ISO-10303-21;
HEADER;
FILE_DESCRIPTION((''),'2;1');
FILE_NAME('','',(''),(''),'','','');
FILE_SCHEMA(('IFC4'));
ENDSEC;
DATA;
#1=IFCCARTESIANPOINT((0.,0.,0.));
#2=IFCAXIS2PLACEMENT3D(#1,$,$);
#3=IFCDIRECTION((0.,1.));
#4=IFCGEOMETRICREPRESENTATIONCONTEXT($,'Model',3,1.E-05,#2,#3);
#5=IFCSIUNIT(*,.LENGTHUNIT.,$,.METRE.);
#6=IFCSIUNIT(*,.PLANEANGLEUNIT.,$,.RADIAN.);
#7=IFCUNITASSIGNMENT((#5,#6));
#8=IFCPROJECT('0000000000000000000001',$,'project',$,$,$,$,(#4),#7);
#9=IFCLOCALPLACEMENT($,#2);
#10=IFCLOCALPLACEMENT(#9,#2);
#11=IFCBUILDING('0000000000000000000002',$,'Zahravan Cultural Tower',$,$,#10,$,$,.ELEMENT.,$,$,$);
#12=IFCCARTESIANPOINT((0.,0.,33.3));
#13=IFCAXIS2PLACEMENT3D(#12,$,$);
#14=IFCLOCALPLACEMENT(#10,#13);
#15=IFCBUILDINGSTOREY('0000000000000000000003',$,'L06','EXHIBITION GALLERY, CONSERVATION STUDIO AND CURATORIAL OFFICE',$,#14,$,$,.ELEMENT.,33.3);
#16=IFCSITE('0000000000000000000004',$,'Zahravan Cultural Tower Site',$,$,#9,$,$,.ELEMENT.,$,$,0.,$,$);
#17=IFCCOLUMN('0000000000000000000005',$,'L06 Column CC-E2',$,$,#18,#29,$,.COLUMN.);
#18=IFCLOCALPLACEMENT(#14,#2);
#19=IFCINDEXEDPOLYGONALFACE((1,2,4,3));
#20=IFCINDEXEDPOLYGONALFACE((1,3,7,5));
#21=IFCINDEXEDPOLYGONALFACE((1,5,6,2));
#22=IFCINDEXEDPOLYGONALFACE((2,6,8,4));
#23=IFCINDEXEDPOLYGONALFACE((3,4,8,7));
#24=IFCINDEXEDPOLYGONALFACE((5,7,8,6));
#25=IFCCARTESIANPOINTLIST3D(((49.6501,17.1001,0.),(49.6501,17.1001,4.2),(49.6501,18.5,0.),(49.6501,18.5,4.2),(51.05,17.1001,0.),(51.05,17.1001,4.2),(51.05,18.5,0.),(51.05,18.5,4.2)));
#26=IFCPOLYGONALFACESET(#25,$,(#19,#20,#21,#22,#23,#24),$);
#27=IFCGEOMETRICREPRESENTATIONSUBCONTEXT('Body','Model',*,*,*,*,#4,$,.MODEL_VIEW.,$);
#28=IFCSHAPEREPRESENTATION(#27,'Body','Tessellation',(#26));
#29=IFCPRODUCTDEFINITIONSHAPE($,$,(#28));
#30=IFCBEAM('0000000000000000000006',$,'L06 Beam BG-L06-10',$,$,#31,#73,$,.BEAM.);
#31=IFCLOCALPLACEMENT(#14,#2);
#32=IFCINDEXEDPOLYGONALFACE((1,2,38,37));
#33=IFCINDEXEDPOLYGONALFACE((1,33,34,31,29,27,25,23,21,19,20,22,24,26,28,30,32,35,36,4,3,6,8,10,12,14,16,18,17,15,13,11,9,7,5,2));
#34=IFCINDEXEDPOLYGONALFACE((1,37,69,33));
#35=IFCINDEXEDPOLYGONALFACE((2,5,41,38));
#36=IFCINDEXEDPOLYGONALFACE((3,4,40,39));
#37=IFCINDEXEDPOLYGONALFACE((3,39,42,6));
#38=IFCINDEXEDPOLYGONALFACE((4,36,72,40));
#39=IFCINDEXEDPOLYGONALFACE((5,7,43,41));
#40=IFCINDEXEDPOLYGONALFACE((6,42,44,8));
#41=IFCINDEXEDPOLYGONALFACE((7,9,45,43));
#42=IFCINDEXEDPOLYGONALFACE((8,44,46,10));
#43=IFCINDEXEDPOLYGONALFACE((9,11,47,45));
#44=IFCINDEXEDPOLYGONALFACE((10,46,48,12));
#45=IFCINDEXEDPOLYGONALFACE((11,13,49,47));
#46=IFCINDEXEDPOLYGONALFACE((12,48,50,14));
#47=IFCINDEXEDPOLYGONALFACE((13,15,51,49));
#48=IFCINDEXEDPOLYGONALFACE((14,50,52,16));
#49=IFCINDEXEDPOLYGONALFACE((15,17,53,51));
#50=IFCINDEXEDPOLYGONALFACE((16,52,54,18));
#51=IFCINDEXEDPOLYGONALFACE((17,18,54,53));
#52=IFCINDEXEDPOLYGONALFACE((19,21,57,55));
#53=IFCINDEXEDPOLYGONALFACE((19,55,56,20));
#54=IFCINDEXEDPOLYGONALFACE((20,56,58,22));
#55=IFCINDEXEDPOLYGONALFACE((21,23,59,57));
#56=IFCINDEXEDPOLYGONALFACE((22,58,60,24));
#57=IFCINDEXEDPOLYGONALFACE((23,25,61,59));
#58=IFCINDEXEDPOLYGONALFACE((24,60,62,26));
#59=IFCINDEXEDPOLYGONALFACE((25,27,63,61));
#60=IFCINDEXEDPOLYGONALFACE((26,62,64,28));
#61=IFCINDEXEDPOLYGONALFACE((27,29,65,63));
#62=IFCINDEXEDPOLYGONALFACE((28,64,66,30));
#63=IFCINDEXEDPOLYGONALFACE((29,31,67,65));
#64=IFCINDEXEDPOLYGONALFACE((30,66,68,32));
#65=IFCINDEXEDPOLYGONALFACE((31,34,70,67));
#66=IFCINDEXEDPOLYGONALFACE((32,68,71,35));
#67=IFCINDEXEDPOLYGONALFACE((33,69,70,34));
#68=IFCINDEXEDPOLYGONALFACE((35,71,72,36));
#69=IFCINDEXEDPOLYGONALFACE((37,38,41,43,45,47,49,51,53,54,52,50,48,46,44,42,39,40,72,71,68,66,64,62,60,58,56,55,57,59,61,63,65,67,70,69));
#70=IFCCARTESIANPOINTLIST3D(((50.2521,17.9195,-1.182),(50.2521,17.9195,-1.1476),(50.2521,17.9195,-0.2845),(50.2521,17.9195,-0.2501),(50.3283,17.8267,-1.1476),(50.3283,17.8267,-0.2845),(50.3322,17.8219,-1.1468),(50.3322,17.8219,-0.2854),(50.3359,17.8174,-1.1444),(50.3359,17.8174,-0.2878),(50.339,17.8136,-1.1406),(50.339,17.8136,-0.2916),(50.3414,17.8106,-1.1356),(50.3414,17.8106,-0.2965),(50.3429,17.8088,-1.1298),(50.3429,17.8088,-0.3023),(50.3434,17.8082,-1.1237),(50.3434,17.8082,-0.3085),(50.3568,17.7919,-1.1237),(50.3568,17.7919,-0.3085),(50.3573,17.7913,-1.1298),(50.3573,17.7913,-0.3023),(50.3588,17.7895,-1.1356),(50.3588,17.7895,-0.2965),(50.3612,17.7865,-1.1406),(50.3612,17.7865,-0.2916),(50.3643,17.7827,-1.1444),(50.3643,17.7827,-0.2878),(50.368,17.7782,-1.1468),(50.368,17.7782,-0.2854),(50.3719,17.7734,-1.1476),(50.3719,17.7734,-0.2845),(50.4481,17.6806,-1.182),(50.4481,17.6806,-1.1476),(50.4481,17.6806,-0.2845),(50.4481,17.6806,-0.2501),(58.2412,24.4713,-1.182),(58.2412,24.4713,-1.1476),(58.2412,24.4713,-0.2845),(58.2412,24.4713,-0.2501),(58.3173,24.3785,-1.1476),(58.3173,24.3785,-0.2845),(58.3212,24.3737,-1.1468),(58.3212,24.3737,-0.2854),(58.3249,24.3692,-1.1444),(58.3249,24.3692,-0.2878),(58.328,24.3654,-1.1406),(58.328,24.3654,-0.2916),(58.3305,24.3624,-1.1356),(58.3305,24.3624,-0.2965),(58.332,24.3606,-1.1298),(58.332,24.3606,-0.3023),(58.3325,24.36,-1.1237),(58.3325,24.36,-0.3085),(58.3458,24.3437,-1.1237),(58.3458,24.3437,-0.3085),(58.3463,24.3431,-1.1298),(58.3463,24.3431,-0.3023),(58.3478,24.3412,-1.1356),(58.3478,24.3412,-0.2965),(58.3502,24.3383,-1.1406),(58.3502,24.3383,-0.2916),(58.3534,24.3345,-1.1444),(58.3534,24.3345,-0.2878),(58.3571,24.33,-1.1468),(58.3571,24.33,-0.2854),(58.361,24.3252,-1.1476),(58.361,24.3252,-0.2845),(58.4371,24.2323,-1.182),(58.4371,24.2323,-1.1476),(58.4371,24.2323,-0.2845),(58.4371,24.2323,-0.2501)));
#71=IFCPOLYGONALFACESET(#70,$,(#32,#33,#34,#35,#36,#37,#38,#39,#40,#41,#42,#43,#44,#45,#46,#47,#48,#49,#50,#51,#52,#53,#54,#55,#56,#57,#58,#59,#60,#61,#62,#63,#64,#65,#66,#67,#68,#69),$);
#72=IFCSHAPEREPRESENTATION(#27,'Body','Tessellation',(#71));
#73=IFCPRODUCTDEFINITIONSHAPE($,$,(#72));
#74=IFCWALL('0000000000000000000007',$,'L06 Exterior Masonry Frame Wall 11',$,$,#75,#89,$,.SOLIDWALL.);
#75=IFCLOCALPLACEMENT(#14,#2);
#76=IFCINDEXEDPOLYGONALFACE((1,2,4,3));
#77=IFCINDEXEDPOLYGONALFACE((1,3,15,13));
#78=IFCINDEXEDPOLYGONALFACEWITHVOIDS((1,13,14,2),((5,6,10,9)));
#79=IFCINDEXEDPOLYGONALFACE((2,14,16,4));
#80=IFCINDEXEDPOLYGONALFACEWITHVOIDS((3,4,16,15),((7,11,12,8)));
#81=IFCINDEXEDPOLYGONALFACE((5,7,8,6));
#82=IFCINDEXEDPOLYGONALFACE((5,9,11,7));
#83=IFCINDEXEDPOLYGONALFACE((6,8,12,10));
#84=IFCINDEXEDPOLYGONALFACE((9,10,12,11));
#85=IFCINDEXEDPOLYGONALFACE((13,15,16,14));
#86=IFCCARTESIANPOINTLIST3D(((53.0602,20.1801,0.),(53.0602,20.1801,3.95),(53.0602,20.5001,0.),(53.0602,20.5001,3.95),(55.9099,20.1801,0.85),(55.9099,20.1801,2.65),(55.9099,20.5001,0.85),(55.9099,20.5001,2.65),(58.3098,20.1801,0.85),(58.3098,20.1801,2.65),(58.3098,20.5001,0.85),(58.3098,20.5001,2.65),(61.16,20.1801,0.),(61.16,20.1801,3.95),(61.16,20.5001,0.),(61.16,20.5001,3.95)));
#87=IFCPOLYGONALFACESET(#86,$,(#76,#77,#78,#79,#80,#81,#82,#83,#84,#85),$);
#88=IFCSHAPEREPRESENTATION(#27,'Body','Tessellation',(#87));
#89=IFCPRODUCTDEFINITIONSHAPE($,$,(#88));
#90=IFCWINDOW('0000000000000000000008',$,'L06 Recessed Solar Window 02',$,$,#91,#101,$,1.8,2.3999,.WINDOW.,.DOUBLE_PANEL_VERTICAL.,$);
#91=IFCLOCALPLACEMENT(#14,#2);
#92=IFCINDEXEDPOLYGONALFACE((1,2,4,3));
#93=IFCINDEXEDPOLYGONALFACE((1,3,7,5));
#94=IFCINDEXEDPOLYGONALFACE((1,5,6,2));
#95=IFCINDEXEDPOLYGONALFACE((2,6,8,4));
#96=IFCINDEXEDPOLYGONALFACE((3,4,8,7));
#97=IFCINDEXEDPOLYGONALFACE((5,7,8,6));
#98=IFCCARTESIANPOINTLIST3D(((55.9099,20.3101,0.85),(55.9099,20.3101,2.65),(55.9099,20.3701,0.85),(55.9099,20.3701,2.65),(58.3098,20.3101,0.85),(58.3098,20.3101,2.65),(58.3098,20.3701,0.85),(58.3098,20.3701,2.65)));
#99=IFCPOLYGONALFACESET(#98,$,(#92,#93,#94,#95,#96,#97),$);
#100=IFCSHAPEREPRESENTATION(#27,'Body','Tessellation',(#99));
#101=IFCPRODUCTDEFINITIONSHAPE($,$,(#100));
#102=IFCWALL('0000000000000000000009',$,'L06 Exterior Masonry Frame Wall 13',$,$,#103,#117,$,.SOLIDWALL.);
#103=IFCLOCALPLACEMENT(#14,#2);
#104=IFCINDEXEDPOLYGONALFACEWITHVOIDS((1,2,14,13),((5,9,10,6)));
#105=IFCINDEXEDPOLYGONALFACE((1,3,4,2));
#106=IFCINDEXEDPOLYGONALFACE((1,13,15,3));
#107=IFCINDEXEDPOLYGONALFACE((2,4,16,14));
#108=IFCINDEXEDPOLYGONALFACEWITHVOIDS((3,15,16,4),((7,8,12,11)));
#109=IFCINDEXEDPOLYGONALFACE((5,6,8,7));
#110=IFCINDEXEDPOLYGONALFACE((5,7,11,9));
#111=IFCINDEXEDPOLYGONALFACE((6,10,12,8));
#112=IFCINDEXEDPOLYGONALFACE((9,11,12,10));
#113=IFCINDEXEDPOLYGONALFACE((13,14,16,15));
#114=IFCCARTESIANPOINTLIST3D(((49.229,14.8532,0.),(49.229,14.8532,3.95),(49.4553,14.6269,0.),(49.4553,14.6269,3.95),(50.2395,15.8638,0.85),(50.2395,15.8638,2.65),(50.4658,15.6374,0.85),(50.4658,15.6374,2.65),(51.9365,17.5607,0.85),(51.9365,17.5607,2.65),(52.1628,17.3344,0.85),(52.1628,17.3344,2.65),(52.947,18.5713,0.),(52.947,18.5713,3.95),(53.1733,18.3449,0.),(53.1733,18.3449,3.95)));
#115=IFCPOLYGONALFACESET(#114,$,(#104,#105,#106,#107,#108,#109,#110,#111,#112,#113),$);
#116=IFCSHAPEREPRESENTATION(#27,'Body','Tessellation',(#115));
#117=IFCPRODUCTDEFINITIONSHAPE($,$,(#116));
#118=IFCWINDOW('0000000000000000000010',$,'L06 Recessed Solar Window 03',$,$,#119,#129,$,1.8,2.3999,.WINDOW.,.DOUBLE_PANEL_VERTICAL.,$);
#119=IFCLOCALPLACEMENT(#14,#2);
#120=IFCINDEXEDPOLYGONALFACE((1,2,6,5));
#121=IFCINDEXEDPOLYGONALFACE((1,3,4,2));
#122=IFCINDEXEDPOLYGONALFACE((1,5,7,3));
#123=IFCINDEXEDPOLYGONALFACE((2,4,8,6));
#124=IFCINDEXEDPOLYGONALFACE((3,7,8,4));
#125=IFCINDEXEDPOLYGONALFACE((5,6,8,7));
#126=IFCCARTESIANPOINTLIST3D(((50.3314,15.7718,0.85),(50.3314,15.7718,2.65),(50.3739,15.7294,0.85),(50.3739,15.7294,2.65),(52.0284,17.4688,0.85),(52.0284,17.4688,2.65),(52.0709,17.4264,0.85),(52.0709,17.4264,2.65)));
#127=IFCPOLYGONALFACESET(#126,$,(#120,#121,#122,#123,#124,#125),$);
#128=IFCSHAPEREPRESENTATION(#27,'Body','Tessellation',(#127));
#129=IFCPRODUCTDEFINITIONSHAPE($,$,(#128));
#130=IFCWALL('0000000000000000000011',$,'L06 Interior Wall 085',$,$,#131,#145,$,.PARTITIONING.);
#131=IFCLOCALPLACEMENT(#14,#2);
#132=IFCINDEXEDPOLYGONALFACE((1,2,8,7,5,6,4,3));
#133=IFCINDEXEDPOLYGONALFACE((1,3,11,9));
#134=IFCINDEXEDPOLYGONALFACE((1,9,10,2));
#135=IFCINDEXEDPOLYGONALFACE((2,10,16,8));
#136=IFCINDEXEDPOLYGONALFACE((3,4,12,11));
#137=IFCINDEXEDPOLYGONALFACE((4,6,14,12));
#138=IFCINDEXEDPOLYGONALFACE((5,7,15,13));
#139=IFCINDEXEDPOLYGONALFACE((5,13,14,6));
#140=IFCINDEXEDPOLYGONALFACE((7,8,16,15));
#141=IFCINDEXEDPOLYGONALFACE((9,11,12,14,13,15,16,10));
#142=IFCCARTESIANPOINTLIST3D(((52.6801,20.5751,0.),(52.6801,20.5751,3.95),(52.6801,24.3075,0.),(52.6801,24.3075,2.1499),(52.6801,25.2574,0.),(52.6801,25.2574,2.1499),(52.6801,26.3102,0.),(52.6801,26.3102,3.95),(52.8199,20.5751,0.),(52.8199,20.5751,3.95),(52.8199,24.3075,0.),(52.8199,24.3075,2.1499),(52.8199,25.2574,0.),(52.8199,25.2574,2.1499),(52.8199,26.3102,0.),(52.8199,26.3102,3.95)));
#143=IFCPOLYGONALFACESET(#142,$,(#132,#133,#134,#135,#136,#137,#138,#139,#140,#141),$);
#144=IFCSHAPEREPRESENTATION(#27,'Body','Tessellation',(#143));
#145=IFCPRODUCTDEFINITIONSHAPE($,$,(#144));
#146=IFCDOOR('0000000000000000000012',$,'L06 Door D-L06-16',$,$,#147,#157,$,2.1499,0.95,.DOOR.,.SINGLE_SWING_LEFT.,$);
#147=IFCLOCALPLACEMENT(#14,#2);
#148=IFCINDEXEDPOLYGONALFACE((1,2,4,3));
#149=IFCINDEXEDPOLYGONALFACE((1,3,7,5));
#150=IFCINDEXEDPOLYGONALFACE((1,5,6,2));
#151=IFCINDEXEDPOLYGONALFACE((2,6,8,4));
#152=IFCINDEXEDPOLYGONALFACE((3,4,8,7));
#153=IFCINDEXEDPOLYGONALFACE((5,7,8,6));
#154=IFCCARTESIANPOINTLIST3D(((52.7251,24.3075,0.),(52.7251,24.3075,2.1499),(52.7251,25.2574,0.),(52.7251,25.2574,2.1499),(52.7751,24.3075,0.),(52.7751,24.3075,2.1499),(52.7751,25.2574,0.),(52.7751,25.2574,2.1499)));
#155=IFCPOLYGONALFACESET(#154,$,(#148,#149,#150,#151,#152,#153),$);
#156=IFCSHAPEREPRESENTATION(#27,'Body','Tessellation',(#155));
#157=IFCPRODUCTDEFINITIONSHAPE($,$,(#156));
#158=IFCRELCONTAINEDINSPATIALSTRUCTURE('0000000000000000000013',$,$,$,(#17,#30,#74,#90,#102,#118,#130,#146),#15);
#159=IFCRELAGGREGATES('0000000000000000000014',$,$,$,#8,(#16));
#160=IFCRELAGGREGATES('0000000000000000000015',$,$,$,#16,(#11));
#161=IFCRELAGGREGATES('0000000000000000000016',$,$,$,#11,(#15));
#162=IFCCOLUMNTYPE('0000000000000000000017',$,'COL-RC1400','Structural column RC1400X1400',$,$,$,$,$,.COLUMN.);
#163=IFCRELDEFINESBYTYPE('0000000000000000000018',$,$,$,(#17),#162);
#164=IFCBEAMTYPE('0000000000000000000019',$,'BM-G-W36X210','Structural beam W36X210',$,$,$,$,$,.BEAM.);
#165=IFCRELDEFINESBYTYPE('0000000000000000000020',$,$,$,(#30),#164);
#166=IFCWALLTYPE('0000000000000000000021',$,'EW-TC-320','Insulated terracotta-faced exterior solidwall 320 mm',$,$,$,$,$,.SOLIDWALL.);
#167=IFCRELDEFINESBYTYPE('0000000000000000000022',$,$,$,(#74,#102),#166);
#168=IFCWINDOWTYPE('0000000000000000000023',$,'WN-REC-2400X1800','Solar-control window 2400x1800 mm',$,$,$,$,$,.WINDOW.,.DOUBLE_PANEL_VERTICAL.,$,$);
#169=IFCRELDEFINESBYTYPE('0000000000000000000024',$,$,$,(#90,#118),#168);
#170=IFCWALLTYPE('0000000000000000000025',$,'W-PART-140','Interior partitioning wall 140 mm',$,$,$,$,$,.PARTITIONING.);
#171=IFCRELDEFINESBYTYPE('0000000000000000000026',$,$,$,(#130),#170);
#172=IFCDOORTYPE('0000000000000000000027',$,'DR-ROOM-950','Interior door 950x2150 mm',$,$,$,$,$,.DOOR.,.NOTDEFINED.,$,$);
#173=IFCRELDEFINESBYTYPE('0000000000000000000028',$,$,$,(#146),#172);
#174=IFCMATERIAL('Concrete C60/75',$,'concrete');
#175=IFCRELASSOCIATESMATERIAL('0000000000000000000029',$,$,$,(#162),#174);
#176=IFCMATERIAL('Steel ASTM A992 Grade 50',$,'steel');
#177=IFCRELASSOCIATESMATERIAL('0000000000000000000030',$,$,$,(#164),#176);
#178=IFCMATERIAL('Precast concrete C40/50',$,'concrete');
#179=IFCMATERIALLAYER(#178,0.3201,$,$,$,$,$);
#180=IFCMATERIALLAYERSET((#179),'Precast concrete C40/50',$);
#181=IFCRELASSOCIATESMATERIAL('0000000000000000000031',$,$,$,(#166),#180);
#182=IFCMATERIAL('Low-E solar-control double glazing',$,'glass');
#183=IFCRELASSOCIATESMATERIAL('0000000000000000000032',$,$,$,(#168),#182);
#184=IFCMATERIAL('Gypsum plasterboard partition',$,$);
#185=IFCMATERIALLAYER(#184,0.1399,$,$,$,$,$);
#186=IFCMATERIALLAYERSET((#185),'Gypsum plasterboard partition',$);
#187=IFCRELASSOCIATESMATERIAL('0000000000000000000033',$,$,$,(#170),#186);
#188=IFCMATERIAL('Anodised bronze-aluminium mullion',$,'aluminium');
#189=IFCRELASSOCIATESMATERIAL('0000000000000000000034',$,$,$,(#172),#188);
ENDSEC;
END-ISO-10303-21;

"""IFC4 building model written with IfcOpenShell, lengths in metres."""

from ifc_helpers import new_model, si_unit, direction, frame, frame_2d, origin, origin_2d, place, context, subcontext, project, spatial, rectangle, i_section, extrude, source, transform, mapped, material, layer, layer_set, material_profile, profile_set, type_object, element, fill, save


model = new_model("IFC4")

# Units and contexts
model_context = context("Model", 3, precision=1e-05, world=origin(), true_north=direction((0.0, 1.0)))
body_context = subcontext(model_context, "Body", "Model", "MODEL_VIEW")
ifc_project = project(units=[si_unit("LENGTHUNIT", "METRE"), si_unit("PLANEANGLEUNIT", "RADIAN")], contexts=[model_context])

# Site, building, storey
site_placement = place(None, origin())
site = spatial("IfcSite", under=ifc_project, at=site_placement, Name="Zahravan Cultural Tower Site", CompositionType="ELEMENT", RefElevation=0.0)
building_placement = place(site_placement, origin())
building = spatial("IfcBuilding", under=site, at=building_placement, Name="Zahravan Cultural Tower", CompositionType="ELEMENT")
storey_placement = place(building_placement, frame((0.0, 0.0, 33.3)))
storey = spatial("IfcBuildingStorey", under=building, at=storey_placement, Name="L06", Description="EXHIBITION GALLERY, CONSERVATION STUDIO AND CURATORIAL OFFICE", CompositionType="ELEMENT", Elevation=33.3)

# Column
ifc_material_1 = material(Name="Concrete C60/75", Category="concrete")
ifc_material_profile_1 = material_profile(ifc_material_1, rectangle(XDim=1.3999, YDim=1.3999, at=origin_2d()), Name="RC1400X1400")
ifc_profile_set_1 = profile_set([ifc_material_profile_1], Name="Concrete C60/75")
column_type = type_object("IfcColumnType", Name="COL-RC1400", Description="Structural column RC1400X1400", PredefinedType="COLUMN", material=ifc_profile_set_1)
shared_shape_1 = source(origin(), body_context, "Body", "SweptSolid", [
    extrude(rectangle(XDim=1.3999, YDim=1.3999, at=origin_2d()), origin(), (0.0, 0.0, 1.0), 4.2),
])
column_placement = place(storey_placement, frame((50.3501, 17.8, 0.0), z_axis=(0.0, 0.0, 1.0), x_axis=(1.0, 0.0, 0.0)))
element("IfcColumn", 1, at=column_placement, inside=storey, type_object=column_type, Name="L06 Column CC-E2", PredefinedType="COLUMN", context=body_context, shape_type="MappedRepresentation", body=[
    mapped(shared_shape_1, transform((0.0, 0.0, 0.0), x_axis=(1.0, 0.0, 0.0), y_axis=(0.0, 1.0, 0.0), z_axis=(0.0, 0.0, 1.0), scale=1.0)),
])

# Beam
ifc_material_2 = material(Name="Steel ASTM A992 Grade 50", Category="steel")
ifc_material_profile_2 = material_profile(ifc_material_2, i_section(OverallWidth=0.3091, OverallDepth=0.9319, WebThickness=0.021, FlangeThickness=0.0344, FilletRadius=0.0239, at=origin_2d()), Name="W36X210")
ifc_profile_set_2 = profile_set([ifc_material_profile_2], Name="Steel ASTM A992 Grade 50")
beam_type = type_object("IfcBeamType", Name="BM-G-W36X210", Description="Structural beam W36X210", PredefinedType="BEAM", material=ifc_profile_set_2)
shared_shape_2 = source(origin(), body_context, "Body", "SweptSolid", [
    extrude(i_section(OverallWidth=0.3091, OverallDepth=0.9319, WebThickness=0.021, FlangeThickness=0.0344, FilletRadius=0.0239, at=origin_2d()), origin(), (0.0, 0.0, 1.0), 10.332),
])
beam_placement = place(storey_placement, frame((50.3501, 17.8, -0.7161), z_axis=(0.773231, 0.634124, 0.0), x_axis=(-0.634124, 0.773231, 0.0)))
element("IfcBeam", 2, at=beam_placement, inside=storey, type_object=beam_type, Name="L06 Beam BG-L06-10", PredefinedType="BEAM", context=body_context, shape_type="MappedRepresentation", body=[
    mapped(shared_shape_2, transform((0.0, 0.0, 0.0), x_axis=(1.0, 0.0, 0.0), y_axis=(0.0, 1.0, 0.0), z_axis=(0.0, 0.0, 1.0), scale=1.0)),
])

# Walls, openings, windows
ifc_material_3 = material(Name="Precast concrete C40/50", Category="concrete")
ifc_layer_1 = layer(ifc_material_3, 0.3201)
ifc_layer_set_1 = layer_set([ifc_layer_1], Name="Precast concrete C40/50")
wall_type_1 = type_object("IfcWallType", Name="EW-TC-320", Description="Insulated terracotta-faced exterior solidwall 320 mm", PredefinedType="SOLIDWALL", material=ifc_layer_set_1)
wall_1_placement = place(storey_placement, frame((61.1599, 20.3401, 0.0), z_axis=(0.0, 0.0, 1.0), x_axis=(-1.0, 0.0, 0.0)))
wall_1 = element("IfcWall", 3, at=wall_1_placement, inside=storey, type_object=wall_type_1, Name="L06 Exterior Masonry Frame Wall 11", PredefinedType="SOLIDWALL", context=body_context, shape_type="SweptSolid", body=[
    extrude(rectangle(XDim=8.0999, YDim=0.3201, at=frame_2d((4.0498, 0.0))), origin(), (0.0, 0.0, 1.0), 3.95),
])
opening_1_placement = place(wall_1_placement, frame((2.8501, 0.0, 0.8501)))
opening_1 = element("IfcOpeningElement", 4, at=opening_1_placement, cuts=wall_1, PredefinedType="OPENING", context=body_context, shape_type="SweptSolid", body=[
    extrude(rectangle(XDim=2.3999, YDim=1.8, at=frame_2d((1.2, 0.8999))), frame((0.0, 0.1699, 0.0), z_axis=(0.0, -1.0, 0.0), x_axis=(1.0, 0.0, 0.0)), (0.0, 0.0, 1.0), 0.3401),
])
ifc_material_4 = material(Name="Low-E solar-control double glazing", Category="glass")
window_type = type_object("IfcWindowType", Name="WN-REC-2400X1800", Description="Solar-control window 2400x1800 mm", PartitioningType="DOUBLE_PANEL_VERTICAL", PredefinedType="WINDOW", material=ifc_material_4)
shared_shape_3 = source(origin(), body_context, "Body", "SweptSolid", [
    extrude(rectangle(XDim=2.3999, YDim=1.8, at=frame_2d((1.2, 0.8999))), frame((0.0, 0.03, 0.0), z_axis=(0.0, -1.0, 0.0), x_axis=(1.0, 0.0, 0.0)), (0.0, 0.0, 1.0), 0.0601),
])
window_1_placement = place(opening_1_placement, origin())
window_1 = element("IfcWindow", 5, at=window_1_placement, inside=storey, type_object=window_type, Name="L06 Recessed Solar Window 02", OverallHeight=1.8, OverallWidth=2.3999, PartitioningType="DOUBLE_PANEL_VERTICAL", PredefinedType="WINDOW", context=body_context, shape_type="MappedRepresentation", body=[
    mapped(shared_shape_3, transform((0.0, 0.0, 0.0), x_axis=(1.0, 0.0, 0.0), y_axis=(0.0, 1.0, 0.0), z_axis=(0.0, 0.0, 1.0), scale=1.0)),
])
fill(opening_1, window_1)
wall_2_placement = place(storey_placement, frame((53.0601, 18.458, 0.0), z_axis=(0.0, 0.0, 1.0), x_axis=(-0.707107, -0.707107, 0.0)))
wall_2 = element("IfcWall", 6, at=wall_2_placement, inside=storey, type_object=wall_type_1, Name="L06 Exterior Masonry Frame Wall 13", PredefinedType="SOLIDWALL", context=body_context, shape_type="SweptSolid", body=[
    extrude(rectangle(XDim=5.2581, YDim=0.3201, at=frame_2d((2.6289, 0.0))), origin(), (0.0, 0.0, 1.0), 3.95),
])
opening_2_placement = place(wall_2_placement, frame((1.429, 0.0, 0.8501)))
opening_2 = element("IfcOpeningElement", 7, at=opening_2_placement, cuts=wall_2, PredefinedType="OPENING", context=body_context, shape_type="SweptSolid", body=[
    extrude(rectangle(XDim=2.3999, YDim=1.8, at=frame_2d((1.2, 0.8999))), frame((0.0, 0.1699, 0.0), z_axis=(0.0, -1.0, 0.0), x_axis=(1.0, 0.0, 0.0)), (0.0, 0.0, 1.0), 0.3401),
])
window_2_placement = place(opening_2_placement, origin())
window_2 = element("IfcWindow", 8, at=window_2_placement, inside=storey, type_object=window_type, Name="L06 Recessed Solar Window 03", OverallHeight=1.8, OverallWidth=2.3999, PartitioningType="DOUBLE_PANEL_VERTICAL", PredefinedType="WINDOW", context=body_context, shape_type="MappedRepresentation", body=[
    mapped(shared_shape_3, transform((0.0, 0.0, 0.0), x_axis=(1.0, 0.0, 0.0), y_axis=(0.0, 1.0, 0.0), z_axis=(0.0, 0.0, 1.0), scale=1.0)),
])
fill(opening_2, window_2)

# Wall, opening, door
ifc_material_5 = material(Name="Gypsum plasterboard partition")
ifc_layer_2 = layer(ifc_material_5, 0.1399)
ifc_layer_set_2 = layer_set([ifc_layer_2], Name="Gypsum plasterboard partition")
wall_type_2 = type_object("IfcWallType", Name="W-PART-140", Description="Interior partitioning wall 140 mm", PredefinedType="PARTITIONING", material=ifc_layer_set_2)
wall_3_placement = place(storey_placement, frame((52.75, 20.575, 0.0), z_axis=(0.0, 0.0, 1.0), x_axis=(0.0, 1.0, 0.0)))
wall_3 = element("IfcWall", 9, at=wall_3_placement, inside=storey, type_object=wall_type_2, Name="L06 Interior Wall 085", PredefinedType="PARTITIONING", context=body_context, shape_type="SweptSolid", body=[
    extrude(rectangle(XDim=5.7351, YDim=0.1399, at=frame_2d((2.8677, 0.0))), origin(), (0.0, 0.0, 1.0), 3.95),
])
opening_3_placement = place(wall_3_placement, frame((3.7324, 0.0, 0.0)))
opening_3 = element("IfcOpeningElement", 10, at=opening_3_placement, cuts=wall_3, PredefinedType="OPENING", context=body_context, shape_type="SweptSolid", body=[
    extrude(rectangle(XDim=0.95, YDim=2.1499, at=frame_2d((0.4751, 1.075))), frame((0.0, 0.0798, 0.0), z_axis=(0.0, -1.0, 0.0), x_axis=(1.0, 0.0, 0.0)), (0.0, 0.0, 1.0), 0.1599),
])
ifc_material_6 = material(Name="Anodised bronze-aluminium mullion", Category="aluminium")
door_type = type_object("IfcDoorType", Name="DR-ROOM-950", Description="Interior door 950x2150 mm", OperationType="NOTDEFINED", PredefinedType="DOOR", material=ifc_material_6)
shared_shape_4 = source(origin(), body_context, "Body", "SweptSolid", [
    extrude(rectangle(XDim=0.95, YDim=2.1499, at=frame_2d((0.4751, 1.075))), frame((0.0, 0.0249, 0.0), z_axis=(0.0, -1.0, 0.0), x_axis=(1.0, 0.0, 0.0)), (0.0, 0.0, 1.0), 0.05),
])
door_placement = place(opening_3_placement, origin())
door = element("IfcDoor", 11, at=door_placement, inside=storey, type_object=door_type, Name="L06 Door D-L06-16", OperationType="SINGLE_SWING_LEFT", OverallHeight=2.1499, OverallWidth=0.95, PredefinedType="DOOR", context=body_context, shape_type="MappedRepresentation", body=[
    mapped(shared_shape_4, transform((0.0, 0.0, 0.0), x_axis=(1.0, 0.0, 0.0), y_axis=(0.0, 1.0, 0.0), z_axis=(0.0, 0.0, 1.0), scale=1.0)),
])
fill(opening_3, door)

save(model, "model.ifc")
